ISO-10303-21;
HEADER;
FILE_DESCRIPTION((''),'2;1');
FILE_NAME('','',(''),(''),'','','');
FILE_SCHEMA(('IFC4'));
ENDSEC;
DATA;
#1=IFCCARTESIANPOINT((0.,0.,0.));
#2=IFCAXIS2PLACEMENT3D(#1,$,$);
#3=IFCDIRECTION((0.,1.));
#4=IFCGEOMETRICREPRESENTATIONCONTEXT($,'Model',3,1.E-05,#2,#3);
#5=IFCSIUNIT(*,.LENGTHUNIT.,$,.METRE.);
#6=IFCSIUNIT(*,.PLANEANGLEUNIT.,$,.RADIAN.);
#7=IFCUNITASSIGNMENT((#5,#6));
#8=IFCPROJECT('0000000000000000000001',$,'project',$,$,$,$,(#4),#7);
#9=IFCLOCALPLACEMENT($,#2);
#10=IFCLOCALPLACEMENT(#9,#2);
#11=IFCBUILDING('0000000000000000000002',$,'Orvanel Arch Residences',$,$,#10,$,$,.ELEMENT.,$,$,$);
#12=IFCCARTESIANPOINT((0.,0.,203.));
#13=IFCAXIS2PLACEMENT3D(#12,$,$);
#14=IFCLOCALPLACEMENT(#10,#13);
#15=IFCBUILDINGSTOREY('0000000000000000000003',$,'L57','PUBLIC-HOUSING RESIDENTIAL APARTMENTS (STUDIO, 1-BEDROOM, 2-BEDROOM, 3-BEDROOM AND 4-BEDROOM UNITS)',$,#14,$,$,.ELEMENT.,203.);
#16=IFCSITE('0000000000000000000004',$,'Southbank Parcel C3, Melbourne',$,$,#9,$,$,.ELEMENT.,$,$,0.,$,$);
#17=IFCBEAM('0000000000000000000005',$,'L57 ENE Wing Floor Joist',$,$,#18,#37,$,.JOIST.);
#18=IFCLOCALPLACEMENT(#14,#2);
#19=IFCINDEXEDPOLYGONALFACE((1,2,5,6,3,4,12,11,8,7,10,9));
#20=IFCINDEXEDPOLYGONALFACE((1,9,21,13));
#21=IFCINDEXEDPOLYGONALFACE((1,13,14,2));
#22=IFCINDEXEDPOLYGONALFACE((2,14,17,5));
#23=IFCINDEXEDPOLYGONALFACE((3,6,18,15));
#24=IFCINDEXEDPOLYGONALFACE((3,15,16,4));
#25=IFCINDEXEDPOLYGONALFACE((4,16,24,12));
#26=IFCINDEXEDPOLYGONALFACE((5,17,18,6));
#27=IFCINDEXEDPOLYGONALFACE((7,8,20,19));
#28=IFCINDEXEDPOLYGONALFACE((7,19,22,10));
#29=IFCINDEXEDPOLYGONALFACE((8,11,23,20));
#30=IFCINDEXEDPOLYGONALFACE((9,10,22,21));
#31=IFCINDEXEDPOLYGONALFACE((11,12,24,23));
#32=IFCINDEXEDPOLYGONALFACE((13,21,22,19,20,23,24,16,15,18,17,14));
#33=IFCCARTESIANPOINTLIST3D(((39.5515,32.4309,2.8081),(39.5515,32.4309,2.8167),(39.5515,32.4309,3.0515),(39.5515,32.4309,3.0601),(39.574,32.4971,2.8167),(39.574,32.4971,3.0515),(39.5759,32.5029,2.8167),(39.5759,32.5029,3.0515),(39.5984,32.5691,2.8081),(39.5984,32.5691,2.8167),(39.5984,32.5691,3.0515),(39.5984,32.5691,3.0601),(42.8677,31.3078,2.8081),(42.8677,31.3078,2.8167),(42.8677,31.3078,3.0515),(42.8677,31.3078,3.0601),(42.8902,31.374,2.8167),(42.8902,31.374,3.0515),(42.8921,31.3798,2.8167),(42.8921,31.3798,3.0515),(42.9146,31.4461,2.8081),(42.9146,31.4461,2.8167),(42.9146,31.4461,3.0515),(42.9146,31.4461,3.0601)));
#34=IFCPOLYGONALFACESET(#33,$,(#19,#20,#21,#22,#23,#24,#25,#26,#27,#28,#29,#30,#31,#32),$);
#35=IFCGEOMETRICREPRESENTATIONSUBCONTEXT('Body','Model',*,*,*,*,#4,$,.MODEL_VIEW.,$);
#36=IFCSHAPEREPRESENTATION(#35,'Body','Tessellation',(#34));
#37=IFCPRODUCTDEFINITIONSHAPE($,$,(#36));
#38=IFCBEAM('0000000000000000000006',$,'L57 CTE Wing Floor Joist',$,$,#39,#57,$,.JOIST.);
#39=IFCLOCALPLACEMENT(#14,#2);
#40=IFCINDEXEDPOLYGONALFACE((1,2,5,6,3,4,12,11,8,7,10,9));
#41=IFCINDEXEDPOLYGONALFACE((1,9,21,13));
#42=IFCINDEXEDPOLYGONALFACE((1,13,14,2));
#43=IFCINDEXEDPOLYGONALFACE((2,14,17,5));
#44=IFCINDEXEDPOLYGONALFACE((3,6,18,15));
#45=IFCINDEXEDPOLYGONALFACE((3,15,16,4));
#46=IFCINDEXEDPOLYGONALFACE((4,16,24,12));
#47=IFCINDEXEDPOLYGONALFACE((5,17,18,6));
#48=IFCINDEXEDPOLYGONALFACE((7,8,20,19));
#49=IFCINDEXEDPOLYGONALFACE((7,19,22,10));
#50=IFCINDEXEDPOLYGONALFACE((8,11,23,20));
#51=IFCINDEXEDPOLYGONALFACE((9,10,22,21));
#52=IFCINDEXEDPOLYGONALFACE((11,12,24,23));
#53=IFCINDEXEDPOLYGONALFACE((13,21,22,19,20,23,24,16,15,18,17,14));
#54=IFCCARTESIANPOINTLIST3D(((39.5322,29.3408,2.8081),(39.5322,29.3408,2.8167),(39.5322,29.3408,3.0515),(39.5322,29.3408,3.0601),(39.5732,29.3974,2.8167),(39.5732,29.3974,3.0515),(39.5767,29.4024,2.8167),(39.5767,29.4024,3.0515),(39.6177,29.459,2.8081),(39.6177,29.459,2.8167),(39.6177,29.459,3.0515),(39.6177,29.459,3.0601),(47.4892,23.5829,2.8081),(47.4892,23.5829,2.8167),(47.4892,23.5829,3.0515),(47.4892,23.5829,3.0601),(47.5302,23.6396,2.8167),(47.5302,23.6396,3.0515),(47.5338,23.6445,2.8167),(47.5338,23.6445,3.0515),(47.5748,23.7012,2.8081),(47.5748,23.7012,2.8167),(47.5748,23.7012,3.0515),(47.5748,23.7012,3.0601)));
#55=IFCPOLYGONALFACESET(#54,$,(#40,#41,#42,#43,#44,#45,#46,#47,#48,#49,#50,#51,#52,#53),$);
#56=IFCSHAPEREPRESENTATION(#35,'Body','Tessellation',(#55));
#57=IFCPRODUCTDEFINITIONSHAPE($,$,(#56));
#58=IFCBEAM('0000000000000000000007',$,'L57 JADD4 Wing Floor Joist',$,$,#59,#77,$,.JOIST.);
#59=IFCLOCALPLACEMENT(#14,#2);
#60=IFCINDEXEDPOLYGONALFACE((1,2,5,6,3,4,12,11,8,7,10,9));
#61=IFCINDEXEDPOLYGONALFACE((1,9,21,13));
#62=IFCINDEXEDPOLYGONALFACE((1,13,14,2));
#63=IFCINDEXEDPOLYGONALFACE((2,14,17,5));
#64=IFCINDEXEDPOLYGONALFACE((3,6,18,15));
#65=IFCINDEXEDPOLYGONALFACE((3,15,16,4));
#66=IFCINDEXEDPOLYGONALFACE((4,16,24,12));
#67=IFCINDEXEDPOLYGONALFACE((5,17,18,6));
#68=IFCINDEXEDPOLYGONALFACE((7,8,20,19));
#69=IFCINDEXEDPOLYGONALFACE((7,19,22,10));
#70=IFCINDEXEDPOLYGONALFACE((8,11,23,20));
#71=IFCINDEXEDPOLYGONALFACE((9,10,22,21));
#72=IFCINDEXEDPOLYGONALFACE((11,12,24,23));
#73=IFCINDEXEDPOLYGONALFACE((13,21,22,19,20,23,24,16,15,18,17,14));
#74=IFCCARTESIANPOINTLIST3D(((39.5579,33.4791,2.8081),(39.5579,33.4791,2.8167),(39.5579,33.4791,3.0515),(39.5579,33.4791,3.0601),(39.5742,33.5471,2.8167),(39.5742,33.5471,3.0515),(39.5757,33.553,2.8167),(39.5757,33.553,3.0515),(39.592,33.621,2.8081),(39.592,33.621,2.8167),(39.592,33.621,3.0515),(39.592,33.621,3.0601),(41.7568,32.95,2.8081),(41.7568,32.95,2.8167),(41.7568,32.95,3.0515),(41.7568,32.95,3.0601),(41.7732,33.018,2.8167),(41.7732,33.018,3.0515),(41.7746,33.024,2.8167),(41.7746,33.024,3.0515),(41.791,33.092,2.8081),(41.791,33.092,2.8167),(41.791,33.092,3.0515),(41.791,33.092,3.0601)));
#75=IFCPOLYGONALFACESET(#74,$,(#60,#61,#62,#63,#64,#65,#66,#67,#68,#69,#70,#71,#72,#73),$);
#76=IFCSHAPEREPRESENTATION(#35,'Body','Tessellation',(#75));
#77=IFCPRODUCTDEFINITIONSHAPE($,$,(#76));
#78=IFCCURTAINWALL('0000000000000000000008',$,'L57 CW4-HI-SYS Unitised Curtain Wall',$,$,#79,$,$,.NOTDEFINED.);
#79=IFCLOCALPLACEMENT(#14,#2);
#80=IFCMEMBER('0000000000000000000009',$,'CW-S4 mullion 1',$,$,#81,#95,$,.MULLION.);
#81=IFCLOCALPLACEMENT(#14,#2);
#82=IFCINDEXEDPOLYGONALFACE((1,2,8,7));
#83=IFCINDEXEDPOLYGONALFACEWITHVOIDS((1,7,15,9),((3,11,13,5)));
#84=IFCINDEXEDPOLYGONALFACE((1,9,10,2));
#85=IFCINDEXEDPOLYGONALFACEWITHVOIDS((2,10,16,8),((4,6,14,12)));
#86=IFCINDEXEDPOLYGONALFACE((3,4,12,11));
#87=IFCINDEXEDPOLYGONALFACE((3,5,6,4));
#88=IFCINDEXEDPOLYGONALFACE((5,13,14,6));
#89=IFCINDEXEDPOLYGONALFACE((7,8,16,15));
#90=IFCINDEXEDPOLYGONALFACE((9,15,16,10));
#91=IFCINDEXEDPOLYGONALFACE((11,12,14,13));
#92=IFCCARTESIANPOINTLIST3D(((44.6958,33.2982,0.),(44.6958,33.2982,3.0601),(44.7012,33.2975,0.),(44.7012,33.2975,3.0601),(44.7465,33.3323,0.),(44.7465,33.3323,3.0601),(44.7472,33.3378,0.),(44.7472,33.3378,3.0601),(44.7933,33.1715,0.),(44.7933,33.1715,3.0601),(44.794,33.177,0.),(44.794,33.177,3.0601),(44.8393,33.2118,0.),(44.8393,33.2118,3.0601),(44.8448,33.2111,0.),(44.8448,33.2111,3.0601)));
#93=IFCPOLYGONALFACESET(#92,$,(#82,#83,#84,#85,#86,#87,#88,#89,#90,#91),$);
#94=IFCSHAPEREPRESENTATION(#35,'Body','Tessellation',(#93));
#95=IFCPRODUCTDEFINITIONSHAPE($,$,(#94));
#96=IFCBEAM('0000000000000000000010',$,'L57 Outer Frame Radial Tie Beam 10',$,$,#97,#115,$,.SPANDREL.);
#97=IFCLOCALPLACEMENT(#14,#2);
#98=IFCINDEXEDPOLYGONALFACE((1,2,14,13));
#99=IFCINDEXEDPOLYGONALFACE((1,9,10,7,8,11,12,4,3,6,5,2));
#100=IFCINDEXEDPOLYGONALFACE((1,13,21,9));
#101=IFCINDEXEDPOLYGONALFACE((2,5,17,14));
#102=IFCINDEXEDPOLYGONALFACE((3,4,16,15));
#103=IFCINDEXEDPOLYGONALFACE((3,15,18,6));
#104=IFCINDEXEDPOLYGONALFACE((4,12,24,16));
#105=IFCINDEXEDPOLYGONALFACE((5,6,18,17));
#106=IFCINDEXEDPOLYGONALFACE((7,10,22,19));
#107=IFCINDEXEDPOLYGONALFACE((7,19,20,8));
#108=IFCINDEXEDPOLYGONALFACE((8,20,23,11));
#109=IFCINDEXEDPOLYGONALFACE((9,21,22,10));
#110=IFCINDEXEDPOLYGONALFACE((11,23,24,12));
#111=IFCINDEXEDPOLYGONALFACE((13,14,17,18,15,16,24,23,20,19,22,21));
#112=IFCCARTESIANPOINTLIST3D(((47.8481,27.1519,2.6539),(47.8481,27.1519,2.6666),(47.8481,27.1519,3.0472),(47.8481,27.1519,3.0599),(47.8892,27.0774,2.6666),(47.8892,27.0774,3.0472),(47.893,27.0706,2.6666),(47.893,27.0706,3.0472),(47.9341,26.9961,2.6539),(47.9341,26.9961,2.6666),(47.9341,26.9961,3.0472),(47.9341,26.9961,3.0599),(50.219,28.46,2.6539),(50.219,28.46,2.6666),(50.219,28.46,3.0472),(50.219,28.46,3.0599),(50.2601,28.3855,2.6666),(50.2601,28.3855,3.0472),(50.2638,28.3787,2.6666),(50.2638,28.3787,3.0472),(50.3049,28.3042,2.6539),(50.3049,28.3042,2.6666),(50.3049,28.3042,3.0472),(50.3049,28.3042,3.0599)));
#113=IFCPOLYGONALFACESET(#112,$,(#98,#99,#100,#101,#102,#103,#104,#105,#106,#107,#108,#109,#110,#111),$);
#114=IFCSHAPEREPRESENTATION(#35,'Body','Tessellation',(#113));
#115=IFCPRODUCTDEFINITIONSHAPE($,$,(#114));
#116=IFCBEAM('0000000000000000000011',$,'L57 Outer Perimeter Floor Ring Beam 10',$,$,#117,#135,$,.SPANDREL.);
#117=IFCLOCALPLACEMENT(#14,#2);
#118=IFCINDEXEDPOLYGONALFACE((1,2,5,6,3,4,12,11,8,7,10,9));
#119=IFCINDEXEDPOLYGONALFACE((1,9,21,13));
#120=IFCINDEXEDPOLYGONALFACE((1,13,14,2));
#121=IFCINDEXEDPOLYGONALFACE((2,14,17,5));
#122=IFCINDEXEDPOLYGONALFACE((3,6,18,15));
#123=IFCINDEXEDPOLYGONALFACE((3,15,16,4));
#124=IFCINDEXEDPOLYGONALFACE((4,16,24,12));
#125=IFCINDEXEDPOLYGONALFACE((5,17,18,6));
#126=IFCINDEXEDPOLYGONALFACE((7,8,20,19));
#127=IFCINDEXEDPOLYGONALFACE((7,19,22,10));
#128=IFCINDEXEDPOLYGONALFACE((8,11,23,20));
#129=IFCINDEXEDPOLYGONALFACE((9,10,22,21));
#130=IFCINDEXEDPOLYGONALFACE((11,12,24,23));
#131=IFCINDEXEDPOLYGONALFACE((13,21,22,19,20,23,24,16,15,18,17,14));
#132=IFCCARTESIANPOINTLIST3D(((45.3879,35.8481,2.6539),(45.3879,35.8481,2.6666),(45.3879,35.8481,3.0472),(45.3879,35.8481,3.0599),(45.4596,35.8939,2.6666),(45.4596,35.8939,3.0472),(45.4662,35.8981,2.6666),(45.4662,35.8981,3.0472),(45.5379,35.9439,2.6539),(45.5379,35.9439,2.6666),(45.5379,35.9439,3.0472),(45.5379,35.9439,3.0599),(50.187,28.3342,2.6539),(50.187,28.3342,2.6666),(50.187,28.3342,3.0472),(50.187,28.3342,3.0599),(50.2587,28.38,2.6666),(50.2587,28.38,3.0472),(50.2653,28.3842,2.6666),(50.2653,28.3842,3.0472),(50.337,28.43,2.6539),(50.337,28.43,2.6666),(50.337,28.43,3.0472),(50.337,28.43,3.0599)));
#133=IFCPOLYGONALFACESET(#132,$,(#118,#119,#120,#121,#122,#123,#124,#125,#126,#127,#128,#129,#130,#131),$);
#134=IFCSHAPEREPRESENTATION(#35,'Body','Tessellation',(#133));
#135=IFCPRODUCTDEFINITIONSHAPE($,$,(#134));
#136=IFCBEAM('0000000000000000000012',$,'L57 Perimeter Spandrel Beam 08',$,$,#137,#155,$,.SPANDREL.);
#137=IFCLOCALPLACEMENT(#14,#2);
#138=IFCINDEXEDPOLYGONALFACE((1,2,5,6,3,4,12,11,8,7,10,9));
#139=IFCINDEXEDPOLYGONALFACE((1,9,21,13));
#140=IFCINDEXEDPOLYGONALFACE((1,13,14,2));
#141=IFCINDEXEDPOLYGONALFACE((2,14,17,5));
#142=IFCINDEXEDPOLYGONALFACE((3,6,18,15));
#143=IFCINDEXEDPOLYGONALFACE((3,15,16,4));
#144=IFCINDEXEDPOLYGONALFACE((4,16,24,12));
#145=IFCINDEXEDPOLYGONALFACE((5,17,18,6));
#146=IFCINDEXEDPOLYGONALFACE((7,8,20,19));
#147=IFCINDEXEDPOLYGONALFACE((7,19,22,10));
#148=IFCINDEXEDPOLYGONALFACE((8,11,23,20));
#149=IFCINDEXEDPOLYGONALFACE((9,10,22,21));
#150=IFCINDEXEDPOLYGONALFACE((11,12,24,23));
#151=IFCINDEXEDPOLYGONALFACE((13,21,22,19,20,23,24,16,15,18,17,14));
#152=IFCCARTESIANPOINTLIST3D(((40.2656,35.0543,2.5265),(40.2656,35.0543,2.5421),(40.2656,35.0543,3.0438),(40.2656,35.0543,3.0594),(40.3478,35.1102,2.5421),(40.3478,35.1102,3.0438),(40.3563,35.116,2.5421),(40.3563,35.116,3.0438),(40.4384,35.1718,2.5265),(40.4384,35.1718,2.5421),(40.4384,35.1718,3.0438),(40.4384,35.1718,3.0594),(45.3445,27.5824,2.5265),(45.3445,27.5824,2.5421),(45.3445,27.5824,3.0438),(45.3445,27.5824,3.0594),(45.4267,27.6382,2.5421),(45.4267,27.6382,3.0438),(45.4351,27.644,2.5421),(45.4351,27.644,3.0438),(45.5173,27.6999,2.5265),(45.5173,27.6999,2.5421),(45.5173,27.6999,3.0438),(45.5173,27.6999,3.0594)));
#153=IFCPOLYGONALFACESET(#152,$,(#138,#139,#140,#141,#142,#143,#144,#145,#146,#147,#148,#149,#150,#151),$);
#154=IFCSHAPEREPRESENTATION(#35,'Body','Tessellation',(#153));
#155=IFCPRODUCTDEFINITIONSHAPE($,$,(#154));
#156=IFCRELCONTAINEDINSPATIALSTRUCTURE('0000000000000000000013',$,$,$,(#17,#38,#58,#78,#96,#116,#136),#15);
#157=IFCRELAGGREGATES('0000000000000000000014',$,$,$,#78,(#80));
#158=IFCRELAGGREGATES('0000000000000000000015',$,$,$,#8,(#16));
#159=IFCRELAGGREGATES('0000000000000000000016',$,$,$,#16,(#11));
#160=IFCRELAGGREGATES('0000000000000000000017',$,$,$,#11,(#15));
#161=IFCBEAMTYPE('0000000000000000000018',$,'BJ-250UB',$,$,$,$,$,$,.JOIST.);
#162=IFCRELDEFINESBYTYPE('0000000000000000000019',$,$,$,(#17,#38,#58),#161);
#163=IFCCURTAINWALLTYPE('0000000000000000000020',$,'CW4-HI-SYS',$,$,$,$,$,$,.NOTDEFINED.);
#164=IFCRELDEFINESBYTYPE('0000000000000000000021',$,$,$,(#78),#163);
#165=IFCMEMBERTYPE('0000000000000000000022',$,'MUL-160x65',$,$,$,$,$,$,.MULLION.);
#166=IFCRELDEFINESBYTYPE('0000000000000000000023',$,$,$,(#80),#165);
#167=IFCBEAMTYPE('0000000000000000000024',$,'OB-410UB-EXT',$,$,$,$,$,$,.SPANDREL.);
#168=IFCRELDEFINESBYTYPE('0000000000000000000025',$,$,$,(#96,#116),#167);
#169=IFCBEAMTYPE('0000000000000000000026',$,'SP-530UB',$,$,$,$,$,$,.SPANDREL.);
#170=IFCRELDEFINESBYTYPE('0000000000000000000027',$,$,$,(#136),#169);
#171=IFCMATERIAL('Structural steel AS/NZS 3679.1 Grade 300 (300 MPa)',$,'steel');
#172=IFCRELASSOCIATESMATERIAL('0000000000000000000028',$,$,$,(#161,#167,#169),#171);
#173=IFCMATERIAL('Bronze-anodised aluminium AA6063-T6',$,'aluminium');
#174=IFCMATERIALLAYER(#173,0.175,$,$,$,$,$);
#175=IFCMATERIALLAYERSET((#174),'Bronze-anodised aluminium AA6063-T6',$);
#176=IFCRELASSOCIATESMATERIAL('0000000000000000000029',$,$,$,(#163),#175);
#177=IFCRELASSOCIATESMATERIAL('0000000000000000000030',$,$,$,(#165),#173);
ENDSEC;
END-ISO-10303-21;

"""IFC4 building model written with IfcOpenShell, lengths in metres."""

from ifc_helpers import new_model, si_unit, direction, frame, origin, origin_2d, place, context, subcontext, project, spatial, hollow_rectangle, i_section, extrude, material, layer, layer_set, material_profile, profile_set, type_object, element, aggregate, save


model = new_model("IFC4")

# Units and contexts
model_context = context("Model", 3, precision=1e-05, world=origin(), true_north=direction((0.0, 1.0)))
body_context = subcontext(model_context, "Body", "Model", "MODEL_VIEW")
ifc_project = project(units=[si_unit("LENGTHUNIT", "METRE"), si_unit("PLANEANGLEUNIT", "RADIAN")], contexts=[model_context])

# Site, building, storey
site_placement = place(None, origin())
site = spatial("IfcSite", under=ifc_project, at=site_placement, Name="Southbank Parcel C3, Melbourne", CompositionType="ELEMENT", RefElevation=0.0)
building_placement = place(site_placement, origin())
building = spatial("IfcBuilding", under=site, at=building_placement, Name="Orvanel Arch Residences", CompositionType="ELEMENT")
storey_placement = place(building_placement, frame((0.0, 0.0, 203.0)))
storey = spatial("IfcBuildingStorey", under=building, at=storey_placement, Name="L57", Description="PUBLIC-HOUSING RESIDENTIAL APARTMENTS (STUDIO, 1-BEDROOM, 2-BEDROOM, 3-BEDROOM AND 4-BEDROOM UNITS)", CompositionType="ELEMENT", Elevation=203.0)

# Beams
ifc_material_1 = material(Name="Structural steel AS/NZS 3679.1 Grade 300 (300 MPa)", Category="steel")
ifc_material_profile_1 = material_profile(ifc_material_1, i_section(OverallWidth=0.146, OverallDepth=0.252, WebThickness=0.0061, FlangeThickness=0.0085, at=origin_2d()), Name="250UB31.4")
ifc_profile_set_1 = profile_set([ifc_material_profile_1], Name="Structural steel AS/NZS 3679.1 Grade 300 (300 MPa)")
beam_type_1 = type_object("IfcBeamType", Name="BJ-250UB", PredefinedType="JOIST", material=ifc_profile_set_1)
beam_1_placement = place(storey_placement, frame((39.575, 32.5, 2.9341), z_axis=(0.947159, -0.320764, 0.0), x_axis=(0.320764, 0.947159, 0.0)))
element("IfcBeam", 1, at=beam_1_placement, inside=storey, type_object=beam_type_1, Name="L57 ENE Wing Floor Joist", PredefinedType="JOIST", context=body_context, shape_type="SweptSolid", body=[
    extrude(i_section(OverallWidth=0.146, OverallDepth=0.252, WebThickness=0.0061, FlangeThickness=0.0085, at=origin_2d()), origin(), (0.0, 0.0, 1.0), 3.5012),
])
beam_2_placement = place(storey_placement, frame((39.575, 29.3999, 2.9341), z_axis=(0.810144, -0.586231, 0.0), x_axis=(0.586231, 0.810144, 0.0)))
element("IfcBeam", 2, at=beam_2_placement, inside=storey, type_object=beam_type_1, Name="L57 CTE Wing Floor Joist", PredefinedType="JOIST", context=body_context, shape_type="SweptSolid", body=[
    extrude(i_section(OverallWidth=0.146, OverallDepth=0.252, WebThickness=0.0061, FlangeThickness=0.0085, at=origin_2d()), origin(), (0.0, 0.0, 1.0), 9.8218),
])
beam_3_placement = place(storey_placement, frame((39.575, 33.55, 2.9341), z_axis=(0.972257, -0.233916, 0.0), x_axis=(0.233916, 0.972257, 0.0)))
element("IfcBeam", 3, at=beam_3_placement, inside=storey, type_object=beam_type_1, Name="L57 JADD4 Wing Floor Joist", PredefinedType="JOIST", context=body_context, shape_type="SweptSolid", body=[
    extrude(i_section(OverallWidth=0.146, OverallDepth=0.252, WebThickness=0.0061, FlangeThickness=0.0085, at=origin_2d()), origin(), (0.0, 0.0, 1.0), 2.2617),
])

# Curtain wall, member
ifc_material_2 = material(Name="Bronze-anodised aluminium AA6063-T6", Category="aluminium")
ifc_layer_1 = layer(ifc_material_2, 0.175)
ifc_layer_set_1 = layer_set([ifc_layer_1], Name="Bronze-anodised aluminium AA6063-T6")
curtain_wall_type = type_object("IfcCurtainWallType", Name="CW4-HI-SYS", PredefinedType="NOTDEFINED", material=ifc_layer_set_1)
curtain_wall_placement = place(storey_placement, origin())
curtain_wall = element("IfcCurtainWall", 4, at=curtain_wall_placement, inside=storey, type_object=curtain_wall_type, Name="L57 CW4-HI-SYS Unitised Curtain Wall", PredefinedType="NOTDEFINED")
ifc_material_profile_2 = material_profile(ifc_material_2, hollow_rectangle(XDim=0.0649, YDim=0.1599, WallThickness=0.0039, at=origin_2d()), Name="ALU160x65x4")
ifc_profile_set_2 = profile_set([ifc_material_profile_2], Name="Bronze-anodised aluminium AA6063-T6")
member_type_1 = type_object("IfcMemberType", Name="MUL-160x65", PredefinedType="MULLION", material=ifc_profile_set_2)
member_1_placement = place(storey_placement, frame((44.7703, 33.2546, 0.0), z_axis=(0.0, 0.0, 1.0), x_axis=(-0.792298, -0.610134, 0.0)))
member_1 = element("IfcMember", 5, at=member_1_placement, type_object=member_type_1, Name="CW-S4 mullion 1", PredefinedType="MULLION", context=body_context, shape_type="SweptSolid", body=[
    extrude(hollow_rectangle(XDim=0.0649, YDim=0.1599, WallThickness=0.0039, at=origin_2d()), origin(), (0.0, 0.0, 1.0), 3.0601),
])

# Beams
ifc_material_profile_3 = material_profile(ifc_material_1, i_section(OverallWidth=0.178, OverallDepth=0.406, WebThickness=0.0078, FlangeThickness=0.0127, at=origin_2d()), Name="410UB59.7")
ifc_profile_set_3 = profile_set([ifc_material_profile_3], Name="Structural steel AS/NZS 3679.1 Grade 300 (300 MPa)")
beam_type_2 = type_object("IfcBeamType", Name="OB-410UB-EXT", PredefinedType="SPANDREL", material=ifc_profile_set_3)
beam_4_placement = place(storey_placement, frame((47.8911, 27.074, 2.8569), z_axis=(0.87557, 0.483092, 0.0), x_axis=(-0.483092, 0.87557, 0.0)))
element("IfcBeam", 6, at=beam_4_placement, inside=storey, type_object=beam_type_2, Name="L57 Outer Frame Radial Tie Beam 10", PredefinedType="SPANDREL", context=body_context, shape_type="SweptSolid", body=[
    extrude(i_section(OverallWidth=0.178, OverallDepth=0.406, WebThickness=0.0078, FlangeThickness=0.0127, at=origin_2d()), origin(), (0.0, 0.0, 1.0), 2.7078),
])
beam_5_placement = place(storey_placement, frame((50.262, 28.3821, 2.8569), z_axis=(-0.538271, 0.842772, 0.0), x_axis=(-0.842772, -0.538271, 0.0)))
element("IfcBeam", 7, at=beam_5_placement, inside=storey, type_object=beam_type_2, Name="L57 Outer Perimeter Floor Ring Beam 10", PredefinedType="SPANDREL", context=body_context, shape_type="SweptSolid", body=[
    extrude(i_section(OverallWidth=0.178, OverallDepth=0.406, WebThickness=0.0078, FlangeThickness=0.0127, at=origin_2d()), origin(), (0.0, 0.0, 1.0), 8.9158),
])
ifc_material_profile_4 = material_profile(ifc_material_1, i_section(OverallWidth=0.209, OverallDepth=0.533, WebThickness=0.0103, FlangeThickness=0.0156, at=origin_2d()), Name="530UB92.4")
ifc_profile_set_4 = profile_set([ifc_material_profile_4], Name="Structural steel AS/NZS 3679.1 Grade 300 (300 MPa)")
beam_type_3 = type_object("IfcBeamType", Name="SP-530UB", PredefinedType="SPANDREL", material=ifc_profile_set_4)
beam_6_placement = place(storey_placement, frame((45.4309, 27.6411, 2.793), z_axis=(-0.562155, 0.827032, 0.0), x_axis=(-0.827032, -0.562155, 0.0)))
element("IfcBeam", 8, at=beam_6_placement, inside=storey, type_object=beam_type_3, Name="L57 Perimeter Spandrel Beam 08", PredefinedType="SPANDREL", context=body_context, shape_type="SweptSolid", body=[
    extrude(i_section(OverallWidth=0.209, OverallDepth=0.533, WebThickness=0.0103, FlangeThickness=0.0156, at=origin_2d()), origin(), (0.0, 0.0, 1.0), 9.0347),
])

aggregate(curtain_wall, [member_1])

save(model, "model.ifc")
